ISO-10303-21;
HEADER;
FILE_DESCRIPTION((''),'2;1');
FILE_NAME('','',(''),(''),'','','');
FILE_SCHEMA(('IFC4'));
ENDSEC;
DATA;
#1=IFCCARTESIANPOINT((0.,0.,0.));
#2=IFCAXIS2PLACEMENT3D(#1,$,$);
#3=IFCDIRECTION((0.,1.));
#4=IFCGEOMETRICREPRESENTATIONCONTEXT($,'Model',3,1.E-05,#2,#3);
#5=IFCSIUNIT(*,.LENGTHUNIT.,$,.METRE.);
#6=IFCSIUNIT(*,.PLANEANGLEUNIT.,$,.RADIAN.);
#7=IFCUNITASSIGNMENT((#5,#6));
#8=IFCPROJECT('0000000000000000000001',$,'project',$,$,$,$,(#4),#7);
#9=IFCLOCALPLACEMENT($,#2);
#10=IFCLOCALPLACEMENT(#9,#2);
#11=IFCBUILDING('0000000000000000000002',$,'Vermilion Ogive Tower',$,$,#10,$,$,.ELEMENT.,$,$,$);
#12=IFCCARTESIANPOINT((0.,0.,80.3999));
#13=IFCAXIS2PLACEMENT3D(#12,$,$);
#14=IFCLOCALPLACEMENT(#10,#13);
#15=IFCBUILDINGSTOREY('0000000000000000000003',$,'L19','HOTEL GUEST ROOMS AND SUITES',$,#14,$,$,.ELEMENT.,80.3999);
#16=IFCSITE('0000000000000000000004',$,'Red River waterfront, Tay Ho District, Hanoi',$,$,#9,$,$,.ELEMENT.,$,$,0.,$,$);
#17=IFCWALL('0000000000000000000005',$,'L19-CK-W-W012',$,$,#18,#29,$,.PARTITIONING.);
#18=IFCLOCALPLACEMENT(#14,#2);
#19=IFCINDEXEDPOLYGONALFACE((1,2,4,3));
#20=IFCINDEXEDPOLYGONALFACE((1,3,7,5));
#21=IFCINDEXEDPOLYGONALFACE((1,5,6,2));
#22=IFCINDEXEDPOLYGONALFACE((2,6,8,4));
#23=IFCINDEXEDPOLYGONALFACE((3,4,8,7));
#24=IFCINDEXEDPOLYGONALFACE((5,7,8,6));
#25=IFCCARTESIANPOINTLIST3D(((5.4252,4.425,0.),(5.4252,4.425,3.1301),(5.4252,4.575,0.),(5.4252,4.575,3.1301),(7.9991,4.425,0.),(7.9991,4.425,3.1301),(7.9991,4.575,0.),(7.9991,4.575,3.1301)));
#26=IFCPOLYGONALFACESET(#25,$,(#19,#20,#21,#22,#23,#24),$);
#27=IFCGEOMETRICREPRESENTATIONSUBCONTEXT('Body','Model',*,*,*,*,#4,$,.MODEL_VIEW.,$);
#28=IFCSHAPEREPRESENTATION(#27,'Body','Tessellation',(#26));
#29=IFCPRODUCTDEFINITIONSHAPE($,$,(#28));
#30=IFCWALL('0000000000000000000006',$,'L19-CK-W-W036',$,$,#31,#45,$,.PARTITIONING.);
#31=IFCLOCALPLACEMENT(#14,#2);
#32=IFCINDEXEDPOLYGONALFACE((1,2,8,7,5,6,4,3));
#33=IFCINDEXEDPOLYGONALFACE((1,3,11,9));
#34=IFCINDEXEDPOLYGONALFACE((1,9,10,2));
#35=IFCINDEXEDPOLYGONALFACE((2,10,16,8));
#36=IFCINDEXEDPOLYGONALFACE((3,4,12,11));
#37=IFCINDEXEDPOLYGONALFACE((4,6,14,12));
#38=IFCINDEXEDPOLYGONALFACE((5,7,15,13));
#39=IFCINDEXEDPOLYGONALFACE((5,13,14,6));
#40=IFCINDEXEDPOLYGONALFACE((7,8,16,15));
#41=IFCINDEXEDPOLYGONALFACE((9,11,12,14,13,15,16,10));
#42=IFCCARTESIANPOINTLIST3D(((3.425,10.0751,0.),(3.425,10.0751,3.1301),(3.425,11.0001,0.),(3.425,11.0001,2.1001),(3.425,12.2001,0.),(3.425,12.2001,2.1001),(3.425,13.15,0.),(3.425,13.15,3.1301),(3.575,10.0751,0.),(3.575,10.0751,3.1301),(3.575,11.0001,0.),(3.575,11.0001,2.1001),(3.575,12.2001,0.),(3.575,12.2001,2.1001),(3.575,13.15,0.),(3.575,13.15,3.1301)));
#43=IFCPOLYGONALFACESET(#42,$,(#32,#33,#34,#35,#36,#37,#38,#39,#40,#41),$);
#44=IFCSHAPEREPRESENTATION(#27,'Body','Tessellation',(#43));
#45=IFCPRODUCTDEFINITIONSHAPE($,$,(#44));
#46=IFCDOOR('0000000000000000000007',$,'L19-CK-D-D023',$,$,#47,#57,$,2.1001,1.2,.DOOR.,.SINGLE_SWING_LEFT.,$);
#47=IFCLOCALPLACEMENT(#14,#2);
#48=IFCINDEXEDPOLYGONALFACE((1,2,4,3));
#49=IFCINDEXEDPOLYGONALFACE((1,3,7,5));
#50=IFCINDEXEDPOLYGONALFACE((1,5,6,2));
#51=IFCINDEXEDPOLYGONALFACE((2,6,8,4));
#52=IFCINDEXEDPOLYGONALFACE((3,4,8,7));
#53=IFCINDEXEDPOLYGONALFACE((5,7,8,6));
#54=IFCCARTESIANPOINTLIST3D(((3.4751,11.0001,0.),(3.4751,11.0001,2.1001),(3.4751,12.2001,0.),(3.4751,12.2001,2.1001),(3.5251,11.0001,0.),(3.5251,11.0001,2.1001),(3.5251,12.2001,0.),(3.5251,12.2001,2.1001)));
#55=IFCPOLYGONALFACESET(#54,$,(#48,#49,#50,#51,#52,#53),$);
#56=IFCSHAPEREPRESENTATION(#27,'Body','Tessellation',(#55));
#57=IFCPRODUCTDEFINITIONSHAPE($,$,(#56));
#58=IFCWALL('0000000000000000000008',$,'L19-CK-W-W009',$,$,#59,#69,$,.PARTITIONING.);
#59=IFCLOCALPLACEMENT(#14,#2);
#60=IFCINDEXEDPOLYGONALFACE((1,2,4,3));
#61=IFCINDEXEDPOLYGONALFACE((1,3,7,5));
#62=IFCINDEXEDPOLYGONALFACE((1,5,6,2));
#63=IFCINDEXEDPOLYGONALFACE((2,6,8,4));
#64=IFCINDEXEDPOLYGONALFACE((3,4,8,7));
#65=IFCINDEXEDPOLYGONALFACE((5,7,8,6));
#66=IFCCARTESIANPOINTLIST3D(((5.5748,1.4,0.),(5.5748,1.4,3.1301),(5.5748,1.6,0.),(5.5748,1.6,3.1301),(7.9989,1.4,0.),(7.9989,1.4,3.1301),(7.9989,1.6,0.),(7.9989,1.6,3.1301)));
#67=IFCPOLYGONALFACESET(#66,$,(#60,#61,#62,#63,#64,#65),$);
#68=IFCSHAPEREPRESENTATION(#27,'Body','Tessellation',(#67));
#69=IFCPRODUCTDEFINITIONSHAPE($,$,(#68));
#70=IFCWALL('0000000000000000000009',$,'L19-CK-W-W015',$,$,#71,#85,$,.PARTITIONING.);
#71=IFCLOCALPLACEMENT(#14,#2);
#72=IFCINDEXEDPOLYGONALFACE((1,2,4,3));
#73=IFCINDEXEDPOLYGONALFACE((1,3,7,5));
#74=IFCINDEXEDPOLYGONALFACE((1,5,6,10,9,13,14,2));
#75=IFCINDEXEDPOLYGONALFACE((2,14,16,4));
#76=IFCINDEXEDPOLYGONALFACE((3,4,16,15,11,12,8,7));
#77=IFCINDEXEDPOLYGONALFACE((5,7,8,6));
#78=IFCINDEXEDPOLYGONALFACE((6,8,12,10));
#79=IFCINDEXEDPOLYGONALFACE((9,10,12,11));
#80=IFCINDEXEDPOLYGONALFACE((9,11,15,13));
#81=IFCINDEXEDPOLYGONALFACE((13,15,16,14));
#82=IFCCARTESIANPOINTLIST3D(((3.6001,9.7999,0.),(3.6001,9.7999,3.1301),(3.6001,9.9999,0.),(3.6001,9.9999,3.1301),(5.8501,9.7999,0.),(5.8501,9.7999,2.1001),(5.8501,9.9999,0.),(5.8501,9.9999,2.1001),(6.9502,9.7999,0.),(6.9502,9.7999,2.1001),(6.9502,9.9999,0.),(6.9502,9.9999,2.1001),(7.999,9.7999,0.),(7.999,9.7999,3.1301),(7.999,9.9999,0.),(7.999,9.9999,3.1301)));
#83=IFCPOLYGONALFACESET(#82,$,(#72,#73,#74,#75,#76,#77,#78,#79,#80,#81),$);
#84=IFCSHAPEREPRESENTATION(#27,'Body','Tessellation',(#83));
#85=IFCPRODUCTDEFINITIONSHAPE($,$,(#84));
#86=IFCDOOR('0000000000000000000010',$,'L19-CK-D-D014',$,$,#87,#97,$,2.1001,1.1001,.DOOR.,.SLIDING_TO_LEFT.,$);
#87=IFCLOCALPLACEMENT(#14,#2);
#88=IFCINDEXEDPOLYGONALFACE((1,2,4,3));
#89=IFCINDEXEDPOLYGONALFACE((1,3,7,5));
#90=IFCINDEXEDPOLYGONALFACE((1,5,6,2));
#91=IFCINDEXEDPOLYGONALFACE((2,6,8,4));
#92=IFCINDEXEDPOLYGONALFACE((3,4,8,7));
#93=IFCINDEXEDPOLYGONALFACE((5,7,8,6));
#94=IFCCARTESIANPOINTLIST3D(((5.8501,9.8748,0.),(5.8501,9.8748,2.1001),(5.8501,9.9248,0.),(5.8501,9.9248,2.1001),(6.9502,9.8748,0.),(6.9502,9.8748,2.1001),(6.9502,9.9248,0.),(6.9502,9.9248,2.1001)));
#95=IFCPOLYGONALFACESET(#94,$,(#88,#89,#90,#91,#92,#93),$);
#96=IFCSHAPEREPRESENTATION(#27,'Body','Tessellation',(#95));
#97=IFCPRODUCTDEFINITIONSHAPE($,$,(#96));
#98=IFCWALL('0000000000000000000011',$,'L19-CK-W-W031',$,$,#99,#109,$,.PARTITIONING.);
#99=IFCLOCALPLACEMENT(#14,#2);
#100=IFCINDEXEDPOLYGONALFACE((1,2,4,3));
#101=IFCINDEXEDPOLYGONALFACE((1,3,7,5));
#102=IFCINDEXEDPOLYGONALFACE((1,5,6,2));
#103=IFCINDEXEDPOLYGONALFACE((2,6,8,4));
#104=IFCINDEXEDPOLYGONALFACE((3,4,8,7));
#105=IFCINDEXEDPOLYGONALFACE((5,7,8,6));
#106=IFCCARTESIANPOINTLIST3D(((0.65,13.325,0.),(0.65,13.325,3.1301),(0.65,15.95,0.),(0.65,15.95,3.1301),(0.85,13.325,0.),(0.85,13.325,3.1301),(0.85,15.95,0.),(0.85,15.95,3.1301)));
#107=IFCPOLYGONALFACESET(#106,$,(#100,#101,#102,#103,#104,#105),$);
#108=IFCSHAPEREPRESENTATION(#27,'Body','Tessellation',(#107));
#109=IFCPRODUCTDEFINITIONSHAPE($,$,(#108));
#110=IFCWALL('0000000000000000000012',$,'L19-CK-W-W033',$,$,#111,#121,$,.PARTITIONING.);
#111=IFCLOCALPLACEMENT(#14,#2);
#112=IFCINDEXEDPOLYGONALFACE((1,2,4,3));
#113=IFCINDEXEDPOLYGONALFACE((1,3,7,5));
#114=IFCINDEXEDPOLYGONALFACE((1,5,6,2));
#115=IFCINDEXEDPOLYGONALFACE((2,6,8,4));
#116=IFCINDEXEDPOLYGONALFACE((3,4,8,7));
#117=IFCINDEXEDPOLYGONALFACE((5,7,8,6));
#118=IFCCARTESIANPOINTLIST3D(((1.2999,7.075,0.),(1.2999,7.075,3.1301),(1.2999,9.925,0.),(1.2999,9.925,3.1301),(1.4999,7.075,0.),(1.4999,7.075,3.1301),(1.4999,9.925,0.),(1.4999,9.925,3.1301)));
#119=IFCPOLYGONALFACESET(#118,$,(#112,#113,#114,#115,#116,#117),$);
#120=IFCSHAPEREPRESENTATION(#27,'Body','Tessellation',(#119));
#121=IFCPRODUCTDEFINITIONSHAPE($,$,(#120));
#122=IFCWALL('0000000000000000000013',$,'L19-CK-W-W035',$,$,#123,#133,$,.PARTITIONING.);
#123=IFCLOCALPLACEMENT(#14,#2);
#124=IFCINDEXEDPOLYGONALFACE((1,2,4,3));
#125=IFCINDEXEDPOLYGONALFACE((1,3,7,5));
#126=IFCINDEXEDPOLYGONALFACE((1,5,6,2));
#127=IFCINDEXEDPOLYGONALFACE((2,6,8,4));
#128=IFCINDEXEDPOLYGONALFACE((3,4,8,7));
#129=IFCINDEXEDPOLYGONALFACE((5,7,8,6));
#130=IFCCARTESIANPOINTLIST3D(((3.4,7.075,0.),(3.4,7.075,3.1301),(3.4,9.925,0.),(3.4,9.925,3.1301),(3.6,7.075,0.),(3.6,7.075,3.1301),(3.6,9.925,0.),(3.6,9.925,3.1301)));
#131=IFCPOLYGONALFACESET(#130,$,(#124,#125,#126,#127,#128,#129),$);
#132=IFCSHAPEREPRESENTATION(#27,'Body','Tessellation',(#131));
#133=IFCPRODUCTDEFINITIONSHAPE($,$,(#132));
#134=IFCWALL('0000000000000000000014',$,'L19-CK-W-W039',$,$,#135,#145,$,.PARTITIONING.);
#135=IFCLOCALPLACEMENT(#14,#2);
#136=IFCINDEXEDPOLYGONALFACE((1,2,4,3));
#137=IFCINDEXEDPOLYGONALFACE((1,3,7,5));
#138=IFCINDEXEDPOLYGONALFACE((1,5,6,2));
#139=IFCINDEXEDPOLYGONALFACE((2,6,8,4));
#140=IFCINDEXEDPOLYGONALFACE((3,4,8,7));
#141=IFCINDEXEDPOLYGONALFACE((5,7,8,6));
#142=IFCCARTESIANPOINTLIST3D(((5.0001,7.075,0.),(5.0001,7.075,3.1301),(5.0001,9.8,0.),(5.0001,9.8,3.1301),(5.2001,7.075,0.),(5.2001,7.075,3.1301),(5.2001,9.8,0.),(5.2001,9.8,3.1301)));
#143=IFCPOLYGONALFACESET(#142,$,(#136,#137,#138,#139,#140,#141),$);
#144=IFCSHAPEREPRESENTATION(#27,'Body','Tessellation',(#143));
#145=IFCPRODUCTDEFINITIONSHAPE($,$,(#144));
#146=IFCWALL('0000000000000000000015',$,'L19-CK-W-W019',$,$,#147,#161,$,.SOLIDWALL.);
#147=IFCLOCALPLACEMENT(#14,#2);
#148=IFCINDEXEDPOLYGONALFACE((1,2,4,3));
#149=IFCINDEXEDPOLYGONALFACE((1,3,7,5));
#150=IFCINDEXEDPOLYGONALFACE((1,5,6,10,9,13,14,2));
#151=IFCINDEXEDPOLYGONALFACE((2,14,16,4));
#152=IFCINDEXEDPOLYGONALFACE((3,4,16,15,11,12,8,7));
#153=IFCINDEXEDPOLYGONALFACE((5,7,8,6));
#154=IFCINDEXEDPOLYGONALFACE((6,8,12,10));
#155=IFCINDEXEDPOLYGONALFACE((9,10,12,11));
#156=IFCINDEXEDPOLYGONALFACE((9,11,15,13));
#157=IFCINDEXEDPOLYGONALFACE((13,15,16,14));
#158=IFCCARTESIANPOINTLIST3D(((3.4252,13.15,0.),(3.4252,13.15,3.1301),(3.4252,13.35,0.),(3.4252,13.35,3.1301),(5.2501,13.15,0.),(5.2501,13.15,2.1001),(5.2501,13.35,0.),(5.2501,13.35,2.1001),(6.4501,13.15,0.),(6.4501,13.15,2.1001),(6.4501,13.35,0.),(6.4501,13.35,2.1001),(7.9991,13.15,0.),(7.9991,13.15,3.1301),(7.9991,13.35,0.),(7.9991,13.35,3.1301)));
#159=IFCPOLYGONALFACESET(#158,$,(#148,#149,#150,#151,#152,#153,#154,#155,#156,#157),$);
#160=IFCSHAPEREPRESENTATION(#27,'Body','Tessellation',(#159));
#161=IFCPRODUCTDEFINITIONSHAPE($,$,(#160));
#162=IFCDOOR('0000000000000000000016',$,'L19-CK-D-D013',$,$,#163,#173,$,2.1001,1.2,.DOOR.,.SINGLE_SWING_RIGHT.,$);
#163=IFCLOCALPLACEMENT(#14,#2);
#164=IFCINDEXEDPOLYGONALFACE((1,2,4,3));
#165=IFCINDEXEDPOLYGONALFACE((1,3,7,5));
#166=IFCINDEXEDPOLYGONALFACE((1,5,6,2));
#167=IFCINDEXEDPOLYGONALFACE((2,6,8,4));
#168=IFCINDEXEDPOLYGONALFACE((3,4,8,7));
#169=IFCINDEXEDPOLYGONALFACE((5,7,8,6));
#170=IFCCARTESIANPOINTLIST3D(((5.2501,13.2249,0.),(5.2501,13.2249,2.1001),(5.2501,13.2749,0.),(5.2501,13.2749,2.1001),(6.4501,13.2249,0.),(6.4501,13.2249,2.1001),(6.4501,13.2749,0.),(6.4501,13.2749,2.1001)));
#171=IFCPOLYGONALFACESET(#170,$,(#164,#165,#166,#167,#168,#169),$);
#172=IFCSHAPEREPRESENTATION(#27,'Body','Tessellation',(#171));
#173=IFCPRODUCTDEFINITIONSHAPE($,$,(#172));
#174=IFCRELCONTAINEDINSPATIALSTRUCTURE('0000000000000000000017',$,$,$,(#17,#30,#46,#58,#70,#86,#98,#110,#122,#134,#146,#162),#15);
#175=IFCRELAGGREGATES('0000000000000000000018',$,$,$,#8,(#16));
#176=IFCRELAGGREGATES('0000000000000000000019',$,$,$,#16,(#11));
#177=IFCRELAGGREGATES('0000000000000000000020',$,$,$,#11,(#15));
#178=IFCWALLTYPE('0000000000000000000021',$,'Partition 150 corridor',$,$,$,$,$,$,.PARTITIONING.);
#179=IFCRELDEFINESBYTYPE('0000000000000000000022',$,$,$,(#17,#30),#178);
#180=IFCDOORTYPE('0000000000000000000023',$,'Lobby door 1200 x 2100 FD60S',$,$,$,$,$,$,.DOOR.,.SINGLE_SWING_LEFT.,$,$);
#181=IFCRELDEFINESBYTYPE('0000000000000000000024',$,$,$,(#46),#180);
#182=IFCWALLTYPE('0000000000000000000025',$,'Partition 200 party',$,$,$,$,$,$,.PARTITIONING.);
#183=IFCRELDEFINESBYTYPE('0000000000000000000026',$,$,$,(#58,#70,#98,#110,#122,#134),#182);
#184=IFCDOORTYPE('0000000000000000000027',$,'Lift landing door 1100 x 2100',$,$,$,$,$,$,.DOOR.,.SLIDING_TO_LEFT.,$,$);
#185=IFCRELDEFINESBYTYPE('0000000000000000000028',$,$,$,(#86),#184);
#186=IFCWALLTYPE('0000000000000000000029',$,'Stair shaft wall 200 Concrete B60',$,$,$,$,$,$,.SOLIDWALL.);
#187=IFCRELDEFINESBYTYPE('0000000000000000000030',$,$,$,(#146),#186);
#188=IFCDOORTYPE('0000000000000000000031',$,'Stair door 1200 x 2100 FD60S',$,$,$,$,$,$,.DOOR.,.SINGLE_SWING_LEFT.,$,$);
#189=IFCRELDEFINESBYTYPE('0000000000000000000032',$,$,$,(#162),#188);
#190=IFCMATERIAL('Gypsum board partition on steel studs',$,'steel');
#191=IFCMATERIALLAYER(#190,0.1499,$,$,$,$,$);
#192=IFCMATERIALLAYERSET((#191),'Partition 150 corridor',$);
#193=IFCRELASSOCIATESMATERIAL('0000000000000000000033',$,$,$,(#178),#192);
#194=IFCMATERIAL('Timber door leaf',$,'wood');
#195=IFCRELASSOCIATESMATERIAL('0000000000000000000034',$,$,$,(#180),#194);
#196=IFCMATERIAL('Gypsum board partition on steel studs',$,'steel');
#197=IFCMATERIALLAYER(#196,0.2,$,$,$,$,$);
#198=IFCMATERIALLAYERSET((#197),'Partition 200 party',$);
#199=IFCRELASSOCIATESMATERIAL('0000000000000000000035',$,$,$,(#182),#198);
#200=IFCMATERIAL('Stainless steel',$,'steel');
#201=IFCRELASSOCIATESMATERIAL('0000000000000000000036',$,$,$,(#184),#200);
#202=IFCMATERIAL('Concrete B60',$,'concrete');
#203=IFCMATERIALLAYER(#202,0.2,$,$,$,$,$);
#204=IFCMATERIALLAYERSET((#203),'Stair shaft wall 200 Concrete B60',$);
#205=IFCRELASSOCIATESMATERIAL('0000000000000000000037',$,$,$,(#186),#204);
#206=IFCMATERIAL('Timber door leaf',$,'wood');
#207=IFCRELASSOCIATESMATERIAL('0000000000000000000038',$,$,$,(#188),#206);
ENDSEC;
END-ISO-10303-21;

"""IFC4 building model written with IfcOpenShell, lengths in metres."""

from ifc_helpers import new_model, si_unit, direction, frame, frame_2d, origin, place, context, subcontext, project, spatial, rectangle, extrude, material, layer, layer_set, type_object, element, fill, save


model = new_model("IFC4")

# Units and contexts
model_context = context("Model", 3, precision=1e-05, world=origin(), true_north=direction((0.0, 1.0)))
body_context = subcontext(model_context, "Body", "Model", "MODEL_VIEW")
ifc_project = project(units=[si_unit("LENGTHUNIT", "METRE"), si_unit("PLANEANGLEUNIT", "RADIAN")], contexts=[model_context])

# Site, building, storey
site_placement = place(None, origin())
site = spatial("IfcSite", under=ifc_project, at=site_placement, Name="Red River waterfront, Tay Ho District, Hanoi", CompositionType="ELEMENT", RefElevation=0.0)
building_placement = place(site_placement, origin())
building = spatial("IfcBuilding", under=site, at=building_placement, Name="Vermilion Ogive Tower", CompositionType="ELEMENT")
storey_placement = place(building_placement, frame((0.0, 0.0, 80.3999)))
storey = spatial("IfcBuildingStorey", under=building, at=storey_placement, Name="L19", Description="HOTEL GUEST ROOMS AND SUITES", CompositionType="ELEMENT", Elevation=80.3999)

# Wall
ifc_material_1 = material(Name="Gypsum board partition on steel studs", Category="steel")
ifc_layer_1 = layer(ifc_material_1, 0.1499)
ifc_layer_set_1 = layer_set([ifc_layer_1], Name="Partition 150 corridor")
wall_type_1 = type_object("IfcWallType", Name="Partition 150 corridor", PredefinedType="PARTITIONING", material=ifc_layer_set_1)
wall_1_placement = place(storey_placement, frame((5.425, 4.5, 0.0), z_axis=(0.0, 0.0, 1.0), x_axis=(1.0, 0.0, 0.0)))
element("IfcWall", 1, at=wall_1_placement, inside=storey, type_object=wall_type_1, Name="L19-CK-W-W012", PredefinedType="PARTITIONING", context=body_context, shape_type="SweptSolid", body=[
    extrude(rectangle(XDim=2.574, YDim=0.1499, at=frame_2d((1.2871, 0.0))), origin(), (0.0, 0.0, 1.0), 3.1301),
])

# Wall, opening, door
wall_2_placement = place(storey_placement, frame((3.5, 10.075, 0.0), z_axis=(0.0, 0.0, 1.0), x_axis=(0.0, 1.0, 0.0)))
wall_2 = element("IfcWall", 2, at=wall_2_placement, inside=storey, type_object=wall_type_1, Name="L19-CK-W-W036", PredefinedType="PARTITIONING", context=body_context, shape_type="SweptSolid", body=[
    extrude(rectangle(XDim=3.075, YDim=0.1499, at=frame_2d((1.5376, 0.0))), origin(), (0.0, 0.0, 1.0), 3.1301),
])
opening_1_placement = place(wall_2_placement, frame((0.925, 0.0, 0.0)))
opening_1 = element("IfcOpeningElement", 3, at=opening_1_placement, cuts=wall_2, PredefinedType="OPENING", context=body_context, shape_type="SweptSolid", body=[
    extrude(rectangle(XDim=1.2, YDim=2.1001, at=frame_2d((0.6001, 1.05))), frame((0.0, 0.085, 0.0), z_axis=(0.0, -1.0, 0.0), x_axis=(1.0, 0.0, 0.0)), (0.0, 0.0, 1.0), 0.1699),
])
ifc_material_2 = material(Name="Timber door leaf", Category="wood")
door_type_1 = type_object("IfcDoorType", Name="Lobby door 1200 x 2100 FD60S", OperationType="SINGLE_SWING_LEFT", PredefinedType="DOOR", material=ifc_material_2)
door_1_placement = place(opening_1_placement, origin())
door_1 = element("IfcDoor", 4, at=door_1_placement, inside=storey, type_object=door_type_1, Name="L19-CK-D-D023", OperationType="SINGLE_SWING_LEFT", OverallHeight=2.1001, OverallWidth=1.2, PredefinedType="DOOR", context=body_context, shape_type="SweptSolid", body=[
    extrude(rectangle(XDim=1.2, YDim=2.1001, at=frame_2d((0.6001, 1.05))), frame((0.0, 0.0249, 0.0), z_axis=(0.0, -1.0, 0.0), x_axis=(1.0, 0.0, 0.0)), (0.0, 0.0, 1.0), 0.05),
])
fill(opening_1, door_1)

# Wall
ifc_material_3 = material(Name="Gypsum board partition on steel studs", Category="steel")
ifc_layer_2 = layer(ifc_material_3, 0.2)
ifc_layer_set_2 = layer_set([ifc_layer_2], Name="Partition 200 party")
wall_type_2 = type_object("IfcWallType", Name="Partition 200 party", PredefinedType="PARTITIONING", material=ifc_layer_set_2)
wall_3_placement = place(storey_placement, frame((5.575, 1.5, 0.0), z_axis=(0.0, 0.0, 1.0), x_axis=(1.0, 0.0, 0.0)))
element("IfcWall", 5, at=wall_3_placement, inside=storey, type_object=wall_type_2, Name="L19-CK-W-W009", PredefinedType="PARTITIONING", context=body_context, shape_type="SweptSolid", body=[
    extrude(rectangle(XDim=2.4241, YDim=0.2, at=frame_2d((1.2119, 0.0))), origin(), (0.0, 0.0, 1.0), 3.1301),
])

# Wall, opening, door
wall_4_placement = place(storey_placement, frame((3.6001, 9.8999, 0.0), z_axis=(0.0, 0.0, 1.0), x_axis=(1.0, 0.0, 0.0)))
wall_4 = element("IfcWall", 6, at=wall_4_placement, inside=storey, type_object=wall_type_2, Name="L19-CK-W-W015", PredefinedType="PARTITIONING", context=body_context, shape_type="SweptSolid", body=[
    extrude(rectangle(XDim=4.3989, YDim=0.2, at=frame_2d((2.1995, 0.0))), origin(), (0.0, 0.0, 1.0), 3.1301),
])
opening_2_placement = place(wall_4_placement, frame((2.25, 0.0, 0.0)))
opening_2 = element("IfcOpeningElement", 7, at=opening_2_placement, cuts=wall_4, PredefinedType="OPENING", context=body_context, shape_type="SweptSolid", body=[
    extrude(rectangle(XDim=1.1001, YDim=2.1001, at=frame_2d((0.55, 1.05))), frame((0.0, 0.1099, 0.0), z_axis=(0.0, -1.0, 0.0), x_axis=(1.0, 0.0, 0.0)), (0.0, 0.0, 1.0), 0.22),
])
ifc_material_4 = material(Name="Stainless steel", Category="steel")
door_type_2 = type_object("IfcDoorType", Name="Lift landing door 1100 x 2100", OperationType="SLIDING_TO_LEFT", PredefinedType="DOOR", material=ifc_material_4)
door_2_placement = place(opening_2_placement, origin())
door_2 = element("IfcDoor", 8, at=door_2_placement, inside=storey, type_object=door_type_2, Name="L19-CK-D-D014", OperationType="SLIDING_TO_LEFT", OverallHeight=2.1001, OverallWidth=1.1001, PredefinedType="DOOR", context=body_context, shape_type="SweptSolid", body=[
    extrude(rectangle(XDim=1.1001, YDim=2.1001, at=frame_2d((0.55, 1.05))), frame((0.0, 0.0249, 0.0), z_axis=(0.0, -1.0, 0.0), x_axis=(1.0, 0.0, 0.0)), (0.0, 0.0, 1.0), 0.05),
])
fill(opening_2, door_2)

# Walls
wall_5_placement = place(storey_placement, frame((0.75, 13.325, 0.0), z_axis=(0.0, 0.0, 1.0), x_axis=(0.0, 1.0, 0.0)))
element("IfcWall", 9, at=wall_5_placement, inside=storey, type_object=wall_type_2, Name="L19-CK-W-W031", PredefinedType="PARTITIONING", context=body_context, shape_type="SweptSolid", body=[
    extrude(rectangle(XDim=2.625, YDim=0.2, at=frame_2d((1.3125, 0.0))), origin(), (0.0, 0.0, 1.0), 3.1301),
])
for number, where, z_axis, x_axis, name in (
    (10, (1.3999, 7.075, 0.0), (0.0, 0.0, 1.0), (0.0, 1.0, 0.0), "L19-CK-W-W033"),
    (11, (3.5, 7.075, 0.0), (0.0, 0.0, 1.0), (0.0, 1.0, 0.0), "L19-CK-W-W035"),
):
    element("IfcWall", number, at=place(storey_placement, frame(where, z_axis=z_axis, x_axis=x_axis)), inside=storey, type_object=wall_type_2, Name=name, PredefinedType="PARTITIONING", context=body_context, shape_type="SweptSolid", body=[
        extrude(rectangle(XDim=2.8501, YDim=0.2, at=frame_2d((1.425, 0.0))), origin(), (0.0, 0.0, 1.0), 3.1301),
    ])
wall_6_placement = place(storey_placement, frame((5.1001, 7.075, 0.0), z_axis=(0.0, 0.0, 1.0), x_axis=(0.0, 1.0, 0.0)))
element("IfcWall", 12, at=wall_6_placement, inside=storey, type_object=wall_type_2, Name="L19-CK-W-W039", PredefinedType="PARTITIONING", context=body_context, shape_type="SweptSolid", body=[
    extrude(rectangle(XDim=2.7251, YDim=0.2, at=frame_2d((1.3625, 0.0))), origin(), (0.0, 0.0, 1.0), 3.1301),
])

# Wall, opening, door
ifc_material_5 = material(Name="Concrete B60", Category="concrete")
ifc_layer_3 = layer(ifc_material_5, 0.2)
ifc_layer_set_3 = layer_set([ifc_layer_3], Name="Stair shaft wall 200 Concrete B60")
wall_type_3 = type_object("IfcWallType", Name="Stair shaft wall 200 Concrete B60", PredefinedType="SOLIDWALL", material=ifc_layer_set_3)
wall_7_placement = place(storey_placement, frame((3.425, 13.25, 0.0), z_axis=(0.0, 0.0, 1.0), x_axis=(1.0, 0.0, 0.0)))
wall_7 = element("IfcWall", 13, at=wall_7_placement, inside=storey, type_object=wall_type_3, Name="L19-CK-W-W019", PredefinedType="SOLIDWALL", context=body_context, shape_type="SweptSolid", body=[
    extrude(rectangle(XDim=4.574, YDim=0.2, at=frame_2d((2.2871, 0.0))), origin(), (0.0, 0.0, 1.0), 3.1301),
])
opening_3_placement = place(wall_7_placement, frame((1.825, 0.0, 0.0)))
opening_3 = element("IfcOpeningElement", 14, at=opening_3_placement, cuts=wall_7, PredefinedType="OPENING", context=body_context, shape_type="SweptSolid", body=[
    extrude(rectangle(XDim=1.2, YDim=2.1001, at=frame_2d((0.6001, 1.05))), frame((0.0, 0.1099, 0.0), z_axis=(0.0, -1.0, 0.0), x_axis=(1.0, 0.0, 0.0)), (0.0, 0.0, 1.0), 0.22),
])
ifc_material_6 = material(Name="Timber door leaf", Category="wood")
door_type_3 = type_object("IfcDoorType", Name="Stair door 1200 x 2100 FD60S", OperationType="SINGLE_SWING_LEFT", PredefinedType="DOOR", material=ifc_material_6)
door_3_placement = place(opening_3_placement, origin())
door_3 = element("IfcDoor", 15, at=door_3_placement, inside=storey, type_object=door_type_3, Name="L19-CK-D-D013", OperationType="SINGLE_SWING_RIGHT", OverallHeight=2.1001, OverallWidth=1.2, PredefinedType="DOOR", context=body_context, shape_type="SweptSolid", body=[
    extrude(rectangle(XDim=1.2, YDim=2.1001, at=frame_2d((0.6001, 1.05))), frame((0.0, 0.0249, 0.0), z_axis=(0.0, -1.0, 0.0), x_axis=(1.0, 0.0, 0.0)), (0.0, 0.0, 1.0), 0.05),
])
fill(opening_3, door_3)

save(model, "model.ifc")
